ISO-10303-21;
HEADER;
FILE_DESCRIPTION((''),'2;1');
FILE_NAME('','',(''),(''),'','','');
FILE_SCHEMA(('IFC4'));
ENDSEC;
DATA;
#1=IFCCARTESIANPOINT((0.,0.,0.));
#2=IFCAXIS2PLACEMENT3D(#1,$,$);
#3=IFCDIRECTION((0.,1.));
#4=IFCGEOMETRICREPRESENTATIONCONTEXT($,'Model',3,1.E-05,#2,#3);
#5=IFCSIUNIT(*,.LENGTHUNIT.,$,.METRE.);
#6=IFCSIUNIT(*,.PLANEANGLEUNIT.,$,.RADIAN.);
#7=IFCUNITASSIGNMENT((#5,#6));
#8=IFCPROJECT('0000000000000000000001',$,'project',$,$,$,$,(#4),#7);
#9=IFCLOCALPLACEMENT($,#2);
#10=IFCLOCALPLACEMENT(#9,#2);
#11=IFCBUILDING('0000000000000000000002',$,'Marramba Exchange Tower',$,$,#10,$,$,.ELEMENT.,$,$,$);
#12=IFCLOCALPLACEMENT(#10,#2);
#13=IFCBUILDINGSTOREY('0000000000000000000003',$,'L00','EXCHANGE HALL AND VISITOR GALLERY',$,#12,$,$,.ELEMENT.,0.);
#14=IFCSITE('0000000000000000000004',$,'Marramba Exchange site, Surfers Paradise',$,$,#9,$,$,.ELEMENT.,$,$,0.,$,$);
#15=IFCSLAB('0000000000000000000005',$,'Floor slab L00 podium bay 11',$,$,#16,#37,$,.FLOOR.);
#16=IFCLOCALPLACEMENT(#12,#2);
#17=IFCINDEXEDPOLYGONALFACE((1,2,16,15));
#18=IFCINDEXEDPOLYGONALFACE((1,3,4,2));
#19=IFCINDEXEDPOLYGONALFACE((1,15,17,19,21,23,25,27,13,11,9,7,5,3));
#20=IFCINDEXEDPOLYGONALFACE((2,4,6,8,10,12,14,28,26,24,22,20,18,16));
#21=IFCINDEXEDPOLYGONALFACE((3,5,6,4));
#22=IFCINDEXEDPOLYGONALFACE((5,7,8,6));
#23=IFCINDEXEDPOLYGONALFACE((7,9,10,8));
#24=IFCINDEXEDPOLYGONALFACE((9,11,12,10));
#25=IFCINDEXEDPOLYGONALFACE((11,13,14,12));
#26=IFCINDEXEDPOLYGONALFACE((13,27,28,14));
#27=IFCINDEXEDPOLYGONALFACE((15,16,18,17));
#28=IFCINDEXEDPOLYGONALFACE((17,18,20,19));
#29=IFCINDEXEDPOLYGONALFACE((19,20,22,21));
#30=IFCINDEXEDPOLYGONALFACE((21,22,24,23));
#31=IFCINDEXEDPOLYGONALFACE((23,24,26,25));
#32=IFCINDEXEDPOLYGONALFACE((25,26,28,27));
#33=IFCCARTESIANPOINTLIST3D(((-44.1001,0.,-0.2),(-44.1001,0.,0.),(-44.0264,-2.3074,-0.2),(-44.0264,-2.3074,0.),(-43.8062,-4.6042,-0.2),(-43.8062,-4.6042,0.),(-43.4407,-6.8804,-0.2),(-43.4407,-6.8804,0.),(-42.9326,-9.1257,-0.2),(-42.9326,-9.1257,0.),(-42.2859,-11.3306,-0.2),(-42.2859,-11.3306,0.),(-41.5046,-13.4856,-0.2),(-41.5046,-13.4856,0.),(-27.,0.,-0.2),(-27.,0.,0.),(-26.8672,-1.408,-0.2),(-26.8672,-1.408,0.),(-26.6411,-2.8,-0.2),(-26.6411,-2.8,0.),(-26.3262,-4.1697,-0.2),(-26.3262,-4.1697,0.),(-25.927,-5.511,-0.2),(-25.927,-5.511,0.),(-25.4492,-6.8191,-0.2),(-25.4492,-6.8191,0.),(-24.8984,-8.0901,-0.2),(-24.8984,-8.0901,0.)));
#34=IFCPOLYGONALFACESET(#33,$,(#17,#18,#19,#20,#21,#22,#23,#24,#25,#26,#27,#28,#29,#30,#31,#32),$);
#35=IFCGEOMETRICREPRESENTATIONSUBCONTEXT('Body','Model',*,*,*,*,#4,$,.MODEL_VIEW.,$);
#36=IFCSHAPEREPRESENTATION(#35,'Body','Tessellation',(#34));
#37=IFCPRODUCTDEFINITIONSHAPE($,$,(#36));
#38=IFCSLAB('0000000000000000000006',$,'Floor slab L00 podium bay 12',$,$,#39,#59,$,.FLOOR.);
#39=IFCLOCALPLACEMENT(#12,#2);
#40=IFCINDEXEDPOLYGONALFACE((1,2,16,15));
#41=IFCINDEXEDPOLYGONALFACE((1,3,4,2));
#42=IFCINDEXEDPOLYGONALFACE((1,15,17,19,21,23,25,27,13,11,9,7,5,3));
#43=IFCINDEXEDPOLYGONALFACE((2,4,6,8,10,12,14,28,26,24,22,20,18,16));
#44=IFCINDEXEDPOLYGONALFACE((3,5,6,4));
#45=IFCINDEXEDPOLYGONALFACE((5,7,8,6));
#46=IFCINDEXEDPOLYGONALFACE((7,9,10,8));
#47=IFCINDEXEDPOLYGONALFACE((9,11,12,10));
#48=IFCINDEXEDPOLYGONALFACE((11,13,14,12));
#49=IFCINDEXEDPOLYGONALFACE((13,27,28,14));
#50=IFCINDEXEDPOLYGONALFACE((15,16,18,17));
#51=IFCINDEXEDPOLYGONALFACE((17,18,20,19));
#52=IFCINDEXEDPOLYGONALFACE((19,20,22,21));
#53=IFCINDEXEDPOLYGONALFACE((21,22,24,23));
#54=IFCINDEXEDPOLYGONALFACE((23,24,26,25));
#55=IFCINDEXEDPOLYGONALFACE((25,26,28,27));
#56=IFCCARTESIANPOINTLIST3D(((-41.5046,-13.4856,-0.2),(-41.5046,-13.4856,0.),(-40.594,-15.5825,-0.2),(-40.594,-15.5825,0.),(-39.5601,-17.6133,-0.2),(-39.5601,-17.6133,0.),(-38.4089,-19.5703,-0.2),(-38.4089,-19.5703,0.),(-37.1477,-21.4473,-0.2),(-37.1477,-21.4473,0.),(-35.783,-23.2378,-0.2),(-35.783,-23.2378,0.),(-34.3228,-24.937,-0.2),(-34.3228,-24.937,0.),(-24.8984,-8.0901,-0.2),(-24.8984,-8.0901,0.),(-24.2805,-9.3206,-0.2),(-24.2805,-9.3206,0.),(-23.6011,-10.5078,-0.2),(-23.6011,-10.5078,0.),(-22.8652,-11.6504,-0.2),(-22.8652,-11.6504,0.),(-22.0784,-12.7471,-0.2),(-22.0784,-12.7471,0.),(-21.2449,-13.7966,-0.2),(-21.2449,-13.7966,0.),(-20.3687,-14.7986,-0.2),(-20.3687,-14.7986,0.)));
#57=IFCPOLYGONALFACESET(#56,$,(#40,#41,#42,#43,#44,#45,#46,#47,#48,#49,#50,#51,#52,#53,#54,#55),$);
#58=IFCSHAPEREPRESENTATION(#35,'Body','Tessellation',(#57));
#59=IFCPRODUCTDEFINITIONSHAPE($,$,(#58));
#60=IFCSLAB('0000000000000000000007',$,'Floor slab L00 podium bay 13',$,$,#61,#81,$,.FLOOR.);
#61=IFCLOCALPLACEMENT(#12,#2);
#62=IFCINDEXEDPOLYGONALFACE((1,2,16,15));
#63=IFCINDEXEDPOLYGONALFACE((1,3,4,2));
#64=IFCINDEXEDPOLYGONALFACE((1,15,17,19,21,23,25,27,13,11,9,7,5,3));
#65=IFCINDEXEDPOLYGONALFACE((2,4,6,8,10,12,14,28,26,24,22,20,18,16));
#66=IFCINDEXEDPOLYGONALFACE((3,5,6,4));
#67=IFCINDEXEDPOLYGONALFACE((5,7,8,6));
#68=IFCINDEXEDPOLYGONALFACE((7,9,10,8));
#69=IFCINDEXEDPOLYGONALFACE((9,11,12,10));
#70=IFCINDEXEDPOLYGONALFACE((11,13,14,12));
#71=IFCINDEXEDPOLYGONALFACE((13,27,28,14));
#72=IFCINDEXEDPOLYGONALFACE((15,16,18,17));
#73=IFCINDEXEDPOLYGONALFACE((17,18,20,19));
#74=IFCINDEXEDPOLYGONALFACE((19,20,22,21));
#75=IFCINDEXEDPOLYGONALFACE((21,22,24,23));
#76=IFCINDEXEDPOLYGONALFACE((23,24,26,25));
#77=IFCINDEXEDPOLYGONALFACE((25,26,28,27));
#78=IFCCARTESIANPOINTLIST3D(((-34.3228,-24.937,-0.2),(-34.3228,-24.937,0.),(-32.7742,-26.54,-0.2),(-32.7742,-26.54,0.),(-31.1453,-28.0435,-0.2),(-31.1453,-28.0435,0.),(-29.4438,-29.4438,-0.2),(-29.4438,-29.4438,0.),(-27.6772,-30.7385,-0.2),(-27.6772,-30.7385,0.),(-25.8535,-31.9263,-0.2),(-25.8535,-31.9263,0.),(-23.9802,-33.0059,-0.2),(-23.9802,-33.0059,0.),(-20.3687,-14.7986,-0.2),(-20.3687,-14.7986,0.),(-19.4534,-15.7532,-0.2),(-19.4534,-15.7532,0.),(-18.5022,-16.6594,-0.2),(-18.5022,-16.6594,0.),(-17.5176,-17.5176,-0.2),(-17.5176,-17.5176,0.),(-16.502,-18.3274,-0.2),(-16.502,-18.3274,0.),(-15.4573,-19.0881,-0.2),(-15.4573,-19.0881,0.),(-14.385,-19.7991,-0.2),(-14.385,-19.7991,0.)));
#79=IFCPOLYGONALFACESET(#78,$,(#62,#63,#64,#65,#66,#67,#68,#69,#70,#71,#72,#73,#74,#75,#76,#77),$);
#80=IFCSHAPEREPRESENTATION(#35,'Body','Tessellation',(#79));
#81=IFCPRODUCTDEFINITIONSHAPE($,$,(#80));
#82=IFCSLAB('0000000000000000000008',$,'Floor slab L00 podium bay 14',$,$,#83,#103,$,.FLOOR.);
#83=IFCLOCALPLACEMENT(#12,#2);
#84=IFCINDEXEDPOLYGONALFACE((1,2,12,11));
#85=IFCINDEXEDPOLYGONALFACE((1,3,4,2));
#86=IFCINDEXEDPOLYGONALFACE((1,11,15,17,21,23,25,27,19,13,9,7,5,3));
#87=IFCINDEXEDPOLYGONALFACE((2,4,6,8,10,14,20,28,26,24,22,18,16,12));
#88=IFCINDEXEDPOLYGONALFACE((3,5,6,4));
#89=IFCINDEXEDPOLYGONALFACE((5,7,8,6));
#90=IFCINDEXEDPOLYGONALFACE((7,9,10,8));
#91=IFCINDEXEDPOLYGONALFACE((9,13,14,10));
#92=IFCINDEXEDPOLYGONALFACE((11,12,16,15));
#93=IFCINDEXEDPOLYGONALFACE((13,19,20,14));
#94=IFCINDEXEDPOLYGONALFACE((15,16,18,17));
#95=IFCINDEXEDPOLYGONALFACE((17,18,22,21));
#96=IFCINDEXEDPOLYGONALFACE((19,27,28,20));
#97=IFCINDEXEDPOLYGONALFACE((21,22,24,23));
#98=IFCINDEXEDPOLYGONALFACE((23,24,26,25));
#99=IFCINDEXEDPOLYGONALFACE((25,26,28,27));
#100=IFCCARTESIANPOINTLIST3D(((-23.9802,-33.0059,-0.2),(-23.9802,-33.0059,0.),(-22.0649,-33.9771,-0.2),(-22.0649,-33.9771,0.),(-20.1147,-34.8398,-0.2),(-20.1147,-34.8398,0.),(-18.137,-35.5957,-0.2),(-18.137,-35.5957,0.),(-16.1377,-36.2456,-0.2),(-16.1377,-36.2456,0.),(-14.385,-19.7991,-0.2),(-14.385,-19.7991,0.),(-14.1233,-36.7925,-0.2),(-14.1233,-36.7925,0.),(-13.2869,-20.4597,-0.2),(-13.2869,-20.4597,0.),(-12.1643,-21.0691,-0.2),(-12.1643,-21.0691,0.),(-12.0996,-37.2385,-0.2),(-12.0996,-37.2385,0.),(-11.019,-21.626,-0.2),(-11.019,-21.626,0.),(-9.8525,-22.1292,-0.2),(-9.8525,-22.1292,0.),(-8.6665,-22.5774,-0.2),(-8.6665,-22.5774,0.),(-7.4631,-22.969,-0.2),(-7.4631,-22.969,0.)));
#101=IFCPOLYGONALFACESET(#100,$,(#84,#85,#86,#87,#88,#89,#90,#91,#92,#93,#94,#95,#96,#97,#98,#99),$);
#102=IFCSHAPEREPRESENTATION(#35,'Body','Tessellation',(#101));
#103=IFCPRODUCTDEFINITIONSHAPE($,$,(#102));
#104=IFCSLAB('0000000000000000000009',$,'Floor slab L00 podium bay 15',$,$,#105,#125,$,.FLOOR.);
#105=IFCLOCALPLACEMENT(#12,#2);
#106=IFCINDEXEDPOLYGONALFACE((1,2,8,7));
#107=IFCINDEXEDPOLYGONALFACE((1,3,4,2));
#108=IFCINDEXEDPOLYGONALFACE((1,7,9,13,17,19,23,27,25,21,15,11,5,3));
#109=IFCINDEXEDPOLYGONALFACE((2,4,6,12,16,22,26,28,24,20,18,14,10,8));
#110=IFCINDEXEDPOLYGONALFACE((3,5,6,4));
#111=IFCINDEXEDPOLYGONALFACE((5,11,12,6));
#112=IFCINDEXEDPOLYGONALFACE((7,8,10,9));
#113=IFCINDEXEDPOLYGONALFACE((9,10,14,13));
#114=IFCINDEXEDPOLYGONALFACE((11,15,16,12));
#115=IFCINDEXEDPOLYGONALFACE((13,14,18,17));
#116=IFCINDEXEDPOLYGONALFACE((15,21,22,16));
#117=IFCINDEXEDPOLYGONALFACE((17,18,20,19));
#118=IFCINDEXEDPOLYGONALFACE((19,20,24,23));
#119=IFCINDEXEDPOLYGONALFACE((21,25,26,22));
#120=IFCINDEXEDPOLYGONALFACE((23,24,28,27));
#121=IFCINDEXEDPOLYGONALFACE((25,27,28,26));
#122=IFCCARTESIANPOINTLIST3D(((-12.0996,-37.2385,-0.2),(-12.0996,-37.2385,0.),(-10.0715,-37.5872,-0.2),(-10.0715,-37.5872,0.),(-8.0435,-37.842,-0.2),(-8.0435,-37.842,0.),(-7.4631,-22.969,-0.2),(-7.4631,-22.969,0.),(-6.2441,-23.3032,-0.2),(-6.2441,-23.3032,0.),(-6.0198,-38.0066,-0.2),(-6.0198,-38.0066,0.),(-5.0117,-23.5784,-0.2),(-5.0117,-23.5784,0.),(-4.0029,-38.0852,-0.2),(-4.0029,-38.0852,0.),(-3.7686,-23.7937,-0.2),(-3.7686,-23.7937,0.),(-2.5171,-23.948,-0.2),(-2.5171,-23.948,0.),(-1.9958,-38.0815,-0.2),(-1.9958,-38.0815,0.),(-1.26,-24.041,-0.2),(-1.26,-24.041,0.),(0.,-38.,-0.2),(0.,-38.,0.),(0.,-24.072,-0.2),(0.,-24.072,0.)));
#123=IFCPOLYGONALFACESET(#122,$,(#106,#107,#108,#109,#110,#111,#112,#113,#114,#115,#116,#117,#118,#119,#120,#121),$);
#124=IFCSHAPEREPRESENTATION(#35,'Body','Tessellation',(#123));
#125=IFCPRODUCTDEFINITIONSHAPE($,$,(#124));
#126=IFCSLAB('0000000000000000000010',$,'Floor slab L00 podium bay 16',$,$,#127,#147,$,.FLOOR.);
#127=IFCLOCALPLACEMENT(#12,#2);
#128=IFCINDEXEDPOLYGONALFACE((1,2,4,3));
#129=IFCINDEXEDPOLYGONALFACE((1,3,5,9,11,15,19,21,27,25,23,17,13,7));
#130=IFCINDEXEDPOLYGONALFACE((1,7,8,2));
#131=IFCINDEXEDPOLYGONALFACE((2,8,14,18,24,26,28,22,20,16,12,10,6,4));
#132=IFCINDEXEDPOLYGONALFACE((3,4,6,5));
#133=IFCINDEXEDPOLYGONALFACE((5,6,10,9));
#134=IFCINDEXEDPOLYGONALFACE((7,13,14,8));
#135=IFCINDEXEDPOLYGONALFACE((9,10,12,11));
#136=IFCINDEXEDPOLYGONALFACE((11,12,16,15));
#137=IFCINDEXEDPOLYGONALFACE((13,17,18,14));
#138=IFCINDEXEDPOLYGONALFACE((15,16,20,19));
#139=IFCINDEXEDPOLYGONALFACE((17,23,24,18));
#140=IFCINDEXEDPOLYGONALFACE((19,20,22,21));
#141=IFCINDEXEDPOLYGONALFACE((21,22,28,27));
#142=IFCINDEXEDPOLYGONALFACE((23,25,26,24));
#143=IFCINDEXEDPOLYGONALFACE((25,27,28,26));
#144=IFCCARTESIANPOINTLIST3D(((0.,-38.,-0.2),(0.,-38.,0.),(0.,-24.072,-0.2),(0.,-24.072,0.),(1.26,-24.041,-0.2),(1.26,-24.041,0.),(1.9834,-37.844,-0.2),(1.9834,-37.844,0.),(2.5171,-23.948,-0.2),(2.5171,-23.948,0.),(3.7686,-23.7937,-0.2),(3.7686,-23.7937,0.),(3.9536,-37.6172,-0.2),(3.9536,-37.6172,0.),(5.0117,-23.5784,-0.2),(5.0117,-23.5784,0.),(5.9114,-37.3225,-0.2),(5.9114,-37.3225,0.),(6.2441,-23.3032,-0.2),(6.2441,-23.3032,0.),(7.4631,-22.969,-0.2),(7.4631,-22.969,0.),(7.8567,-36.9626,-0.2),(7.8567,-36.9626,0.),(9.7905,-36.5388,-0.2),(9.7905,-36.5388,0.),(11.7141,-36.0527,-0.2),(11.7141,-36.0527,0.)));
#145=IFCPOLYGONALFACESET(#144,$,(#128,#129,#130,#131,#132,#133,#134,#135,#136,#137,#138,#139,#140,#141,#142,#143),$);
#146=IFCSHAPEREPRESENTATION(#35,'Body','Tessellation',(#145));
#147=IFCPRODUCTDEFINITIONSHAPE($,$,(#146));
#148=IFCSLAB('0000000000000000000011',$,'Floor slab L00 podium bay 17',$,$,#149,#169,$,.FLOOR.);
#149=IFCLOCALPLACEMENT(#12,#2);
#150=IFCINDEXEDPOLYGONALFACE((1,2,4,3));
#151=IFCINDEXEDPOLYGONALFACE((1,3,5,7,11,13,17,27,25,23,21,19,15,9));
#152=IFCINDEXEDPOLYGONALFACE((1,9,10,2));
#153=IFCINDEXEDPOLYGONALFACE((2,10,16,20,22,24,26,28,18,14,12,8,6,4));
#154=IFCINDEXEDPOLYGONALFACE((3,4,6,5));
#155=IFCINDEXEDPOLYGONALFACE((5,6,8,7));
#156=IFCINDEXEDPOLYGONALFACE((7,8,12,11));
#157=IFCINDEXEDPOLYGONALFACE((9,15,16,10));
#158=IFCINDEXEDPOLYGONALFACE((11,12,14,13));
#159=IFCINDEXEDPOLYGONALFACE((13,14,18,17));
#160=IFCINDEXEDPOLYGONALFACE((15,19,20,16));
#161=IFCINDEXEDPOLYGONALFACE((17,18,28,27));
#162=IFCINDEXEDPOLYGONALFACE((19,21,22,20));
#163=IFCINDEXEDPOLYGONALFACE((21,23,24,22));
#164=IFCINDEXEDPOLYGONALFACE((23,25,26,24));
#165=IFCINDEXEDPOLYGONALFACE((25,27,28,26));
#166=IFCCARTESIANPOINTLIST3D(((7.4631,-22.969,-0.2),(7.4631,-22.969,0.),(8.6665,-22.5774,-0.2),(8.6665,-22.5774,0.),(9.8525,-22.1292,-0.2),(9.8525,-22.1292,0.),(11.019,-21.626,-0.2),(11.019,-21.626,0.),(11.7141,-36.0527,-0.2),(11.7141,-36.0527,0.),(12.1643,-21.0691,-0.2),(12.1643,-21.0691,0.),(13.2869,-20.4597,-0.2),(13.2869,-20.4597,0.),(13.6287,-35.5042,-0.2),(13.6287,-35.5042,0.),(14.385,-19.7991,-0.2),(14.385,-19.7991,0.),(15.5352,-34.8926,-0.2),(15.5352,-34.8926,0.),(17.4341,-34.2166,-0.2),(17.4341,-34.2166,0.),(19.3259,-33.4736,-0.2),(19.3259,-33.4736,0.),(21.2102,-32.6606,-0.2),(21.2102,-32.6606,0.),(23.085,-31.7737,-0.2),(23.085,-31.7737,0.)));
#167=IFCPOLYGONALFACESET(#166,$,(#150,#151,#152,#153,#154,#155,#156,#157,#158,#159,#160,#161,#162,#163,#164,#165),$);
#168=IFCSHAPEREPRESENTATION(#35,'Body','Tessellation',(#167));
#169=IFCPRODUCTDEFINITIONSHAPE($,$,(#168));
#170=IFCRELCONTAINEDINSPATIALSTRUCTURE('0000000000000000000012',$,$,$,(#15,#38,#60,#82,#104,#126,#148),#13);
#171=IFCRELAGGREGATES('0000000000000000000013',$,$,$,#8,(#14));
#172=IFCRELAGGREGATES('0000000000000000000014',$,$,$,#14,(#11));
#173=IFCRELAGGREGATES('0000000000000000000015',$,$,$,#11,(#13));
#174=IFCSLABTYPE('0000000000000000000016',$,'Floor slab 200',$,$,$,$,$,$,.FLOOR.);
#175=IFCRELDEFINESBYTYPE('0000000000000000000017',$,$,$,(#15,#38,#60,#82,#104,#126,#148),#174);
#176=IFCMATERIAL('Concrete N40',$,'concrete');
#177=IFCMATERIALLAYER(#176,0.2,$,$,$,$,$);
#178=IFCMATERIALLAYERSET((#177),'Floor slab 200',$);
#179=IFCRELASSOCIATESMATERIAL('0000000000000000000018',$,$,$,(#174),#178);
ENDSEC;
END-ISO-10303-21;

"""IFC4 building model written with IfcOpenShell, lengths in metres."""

from ifc_helpers import new_model, si_unit, direction, frame, origin, place, context, subcontext, project, spatial, polyline, outline, extrude, material, layer, layer_set, type_object, element, save


model = new_model("IFC4")

# Units and contexts
model_context = context("Model", 3, precision=1e-05, world=origin(), true_north=direction((0.0, 1.0)))
body_context = subcontext(model_context, "Body", "Model", "MODEL_VIEW")
ifc_project = project(units=[si_unit("LENGTHUNIT", "METRE"), si_unit("PLANEANGLEUNIT", "RADIAN")], contexts=[model_context])

# Site, building, storey
site_placement = place(None, origin())
site = spatial("IfcSite", under=ifc_project, at=site_placement, Name="Marramba Exchange site, Surfers Paradise", CompositionType="ELEMENT", RefElevation=0.0)
building_placement = place(site_placement, origin())
building = spatial("IfcBuilding", under=site, at=building_placement, Name="Marramba Exchange Tower", CompositionType="ELEMENT")
storey_placement = place(building_placement, origin())
storey = spatial("IfcBuildingStorey", under=building, at=storey_placement, Name="L00", Description="EXCHANGE HALL AND VISITOR GALLERY", CompositionType="ELEMENT", Elevation=0.0)

# Slabs
ifc_material_1 = material(Name="Concrete N40", Category="concrete")
ifc_layer_1 = layer(ifc_material_1, 0.2)
ifc_layer_set_1 = layer_set([ifc_layer_1], Name="Floor slab 200")
slab_type_1 = type_object("IfcSlabType", Name="Floor slab 200", PredefinedType="FLOOR", material=ifc_layer_set_1)
slab_1_placement = place(storey_placement, frame((0.0, 0.0, -0.2)))
element("IfcSlab", 1, at=slab_1_placement, inside=storey, type_object=slab_type_1, Name="Floor slab L00 podium bay 11", PredefinedType="FLOOR", context=body_context, shape_type="SweptSolid", body=[
    extrude(outline(polyline([(-42.2859, -11.3306), (-42.9326, -9.1257), (-43.4407, -6.8804), (-43.8062, -4.6042), (-44.0264, -2.3074), (-44.1001, 0.0), (-27.0, 0.0), (-26.8672, -1.408), (-26.6411, -2.8), (-26.3262, -4.1697), (-25.927, -5.511), (-25.4492, -6.8191), (-24.8984, -8.0901), (-41.5046, -13.4856), (-42.2859, -11.3306)])), origin(), (0.0, 0.0, 1.0), 0.2),
])
slab_2_placement = place(storey_placement, frame((0.0, 0.0, -0.2)))
element("IfcSlab", 2, at=slab_2_placement, inside=storey, type_object=slab_type_1, Name="Floor slab L00 podium bay 12", PredefinedType="FLOOR", context=body_context, shape_type="SweptSolid", body=[
    extrude(outline(polyline([(-35.783, -23.2378), (-37.1477, -21.4473), (-38.4089, -19.5703), (-39.5601, -17.6133), (-40.594, -15.5825), (-41.5046, -13.4856), (-24.8984, -8.0901), (-24.2805, -9.3206), (-23.6011, -10.5078), (-22.8652, -11.6504), (-22.0784, -12.7471), (-21.2449, -13.7966), (-20.3687, -14.7986), (-34.3228, -24.937), (-35.783, -23.2378)])), origin(), (0.0, 0.0, 1.0), 0.2),
])
slab_3_placement = place(storey_placement, frame((0.0, 0.0, -0.2)))
element("IfcSlab", 3, at=slab_3_placement, inside=storey, type_object=slab_type_1, Name="Floor slab L00 podium bay 13", PredefinedType="FLOOR", context=body_context, shape_type="SweptSolid", body=[
    extrude(outline(polyline([(-23.9802, -33.0059), (-25.8535, -31.9263), (-27.6772, -30.7385), (-29.4438, -29.4438), (-31.1453, -28.0435), (-32.7742, -26.54), (-34.3228, -24.937), (-20.3687, -14.7986), (-19.4534, -15.7532), (-18.5022, -16.6594), (-17.5176, -17.5176), (-16.502, -18.3274), (-15.4573, -19.0881), (-14.385, -19.7991), (-23.9802, -33.0059)])), origin(), (0.0, 0.0, 1.0), 0.2),
])
slab_4_placement = place(storey_placement, frame((0.0, 0.0, -0.2)))
element("IfcSlab", 4, at=slab_4_placement, inside=storey, type_object=slab_type_1, Name="Floor slab L00 podium bay 14", PredefinedType="FLOOR", context=body_context, shape_type="SweptSolid", body=[
    extrude(outline(polyline([(-14.1233, -36.7925), (-16.1377, -36.2456), (-18.137, -35.5957), (-20.1147, -34.8398), (-22.0649, -33.9771), (-23.9802, -33.0059), (-14.385, -19.7991), (-13.2869, -20.4597), (-12.1643, -21.0691), (-11.019, -21.626), (-9.8525, -22.1292), (-8.6665, -22.5774), (-7.4631, -22.969), (-12.0996, -37.2385), (-14.1233, -36.7925)])), origin(), (0.0, 0.0, 1.0), 0.2),
])
slab_5_placement = place(storey_placement, frame((0.0, 0.0, -0.2)))
element("IfcSlab", 5, at=slab_5_placement, inside=storey, type_object=slab_type_1, Name="Floor slab L00 podium bay 15", PredefinedType="FLOOR", context=body_context, shape_type="SweptSolid", body=[
    extrude(outline(polyline([(-1.9958, -38.0815), (-4.0029, -38.0852), (-6.0198, -38.0066), (-8.0435, -37.842), (-10.0715, -37.5872), (-12.0996, -37.2385), (-7.4631, -22.969), (-6.2441, -23.3032), (-5.0117, -23.5784), (-3.7686, -23.7937), (-2.5171, -23.948), (-1.26, -24.041), (0.0, -24.072), (0.0, -38.0), (-1.9958, -38.0815)])), origin(), (0.0, 0.0, 1.0), 0.2),
])
slab_6_placement = place(storey_placement, frame((0.0, 0.0, -0.2)))
element("IfcSlab", 6, at=slab_6_placement, inside=storey, type_object=slab_type_1, Name="Floor slab L00 podium bay 16", PredefinedType="FLOOR", context=body_context, shape_type="SweptSolid", body=[
    extrude(outline(polyline([(11.7141, -36.0527), (9.7905, -36.5388), (7.8567, -36.9626), (5.9114, -37.3225), (3.9536, -37.6172), (1.9834, -37.844), (0.0, -38.0), (0.0, -24.072), (1.26, -24.041), (2.5171, -23.948), (3.7686, -23.7937), (5.0117, -23.5784), (6.2441, -23.3032), (7.4631, -22.969), (11.7141, -36.0527)])), origin(), (0.0, 0.0, 1.0), 0.2),
])
slab_7_placement = place(storey_placement, frame((0.0, 0.0, -0.2)))
element("IfcSlab", 7, at=slab_7_placement, inside=storey, type_object=slab_type_1, Name="Floor slab L00 podium bay 17", PredefinedType="FLOOR", context=body_context, shape_type="SweptSolid", body=[
    extrude(outline(polyline([(21.2102, -32.6606), (19.3259, -33.4736), (17.4341, -34.2166), (15.5352, -34.8926), (13.6287, -35.5042), (11.7141, -36.0527), (7.4631, -22.969), (8.6665, -22.5774), (9.8525, -22.1292), (11.019, -21.626), (12.1643, -21.0691), (13.2869, -20.4597), (14.385, -19.7991), (23.085, -31.7737), (21.2102, -32.6606)])), origin(), (0.0, 0.0, 1.0), 0.2),
])

save(model, "model.ifc")
